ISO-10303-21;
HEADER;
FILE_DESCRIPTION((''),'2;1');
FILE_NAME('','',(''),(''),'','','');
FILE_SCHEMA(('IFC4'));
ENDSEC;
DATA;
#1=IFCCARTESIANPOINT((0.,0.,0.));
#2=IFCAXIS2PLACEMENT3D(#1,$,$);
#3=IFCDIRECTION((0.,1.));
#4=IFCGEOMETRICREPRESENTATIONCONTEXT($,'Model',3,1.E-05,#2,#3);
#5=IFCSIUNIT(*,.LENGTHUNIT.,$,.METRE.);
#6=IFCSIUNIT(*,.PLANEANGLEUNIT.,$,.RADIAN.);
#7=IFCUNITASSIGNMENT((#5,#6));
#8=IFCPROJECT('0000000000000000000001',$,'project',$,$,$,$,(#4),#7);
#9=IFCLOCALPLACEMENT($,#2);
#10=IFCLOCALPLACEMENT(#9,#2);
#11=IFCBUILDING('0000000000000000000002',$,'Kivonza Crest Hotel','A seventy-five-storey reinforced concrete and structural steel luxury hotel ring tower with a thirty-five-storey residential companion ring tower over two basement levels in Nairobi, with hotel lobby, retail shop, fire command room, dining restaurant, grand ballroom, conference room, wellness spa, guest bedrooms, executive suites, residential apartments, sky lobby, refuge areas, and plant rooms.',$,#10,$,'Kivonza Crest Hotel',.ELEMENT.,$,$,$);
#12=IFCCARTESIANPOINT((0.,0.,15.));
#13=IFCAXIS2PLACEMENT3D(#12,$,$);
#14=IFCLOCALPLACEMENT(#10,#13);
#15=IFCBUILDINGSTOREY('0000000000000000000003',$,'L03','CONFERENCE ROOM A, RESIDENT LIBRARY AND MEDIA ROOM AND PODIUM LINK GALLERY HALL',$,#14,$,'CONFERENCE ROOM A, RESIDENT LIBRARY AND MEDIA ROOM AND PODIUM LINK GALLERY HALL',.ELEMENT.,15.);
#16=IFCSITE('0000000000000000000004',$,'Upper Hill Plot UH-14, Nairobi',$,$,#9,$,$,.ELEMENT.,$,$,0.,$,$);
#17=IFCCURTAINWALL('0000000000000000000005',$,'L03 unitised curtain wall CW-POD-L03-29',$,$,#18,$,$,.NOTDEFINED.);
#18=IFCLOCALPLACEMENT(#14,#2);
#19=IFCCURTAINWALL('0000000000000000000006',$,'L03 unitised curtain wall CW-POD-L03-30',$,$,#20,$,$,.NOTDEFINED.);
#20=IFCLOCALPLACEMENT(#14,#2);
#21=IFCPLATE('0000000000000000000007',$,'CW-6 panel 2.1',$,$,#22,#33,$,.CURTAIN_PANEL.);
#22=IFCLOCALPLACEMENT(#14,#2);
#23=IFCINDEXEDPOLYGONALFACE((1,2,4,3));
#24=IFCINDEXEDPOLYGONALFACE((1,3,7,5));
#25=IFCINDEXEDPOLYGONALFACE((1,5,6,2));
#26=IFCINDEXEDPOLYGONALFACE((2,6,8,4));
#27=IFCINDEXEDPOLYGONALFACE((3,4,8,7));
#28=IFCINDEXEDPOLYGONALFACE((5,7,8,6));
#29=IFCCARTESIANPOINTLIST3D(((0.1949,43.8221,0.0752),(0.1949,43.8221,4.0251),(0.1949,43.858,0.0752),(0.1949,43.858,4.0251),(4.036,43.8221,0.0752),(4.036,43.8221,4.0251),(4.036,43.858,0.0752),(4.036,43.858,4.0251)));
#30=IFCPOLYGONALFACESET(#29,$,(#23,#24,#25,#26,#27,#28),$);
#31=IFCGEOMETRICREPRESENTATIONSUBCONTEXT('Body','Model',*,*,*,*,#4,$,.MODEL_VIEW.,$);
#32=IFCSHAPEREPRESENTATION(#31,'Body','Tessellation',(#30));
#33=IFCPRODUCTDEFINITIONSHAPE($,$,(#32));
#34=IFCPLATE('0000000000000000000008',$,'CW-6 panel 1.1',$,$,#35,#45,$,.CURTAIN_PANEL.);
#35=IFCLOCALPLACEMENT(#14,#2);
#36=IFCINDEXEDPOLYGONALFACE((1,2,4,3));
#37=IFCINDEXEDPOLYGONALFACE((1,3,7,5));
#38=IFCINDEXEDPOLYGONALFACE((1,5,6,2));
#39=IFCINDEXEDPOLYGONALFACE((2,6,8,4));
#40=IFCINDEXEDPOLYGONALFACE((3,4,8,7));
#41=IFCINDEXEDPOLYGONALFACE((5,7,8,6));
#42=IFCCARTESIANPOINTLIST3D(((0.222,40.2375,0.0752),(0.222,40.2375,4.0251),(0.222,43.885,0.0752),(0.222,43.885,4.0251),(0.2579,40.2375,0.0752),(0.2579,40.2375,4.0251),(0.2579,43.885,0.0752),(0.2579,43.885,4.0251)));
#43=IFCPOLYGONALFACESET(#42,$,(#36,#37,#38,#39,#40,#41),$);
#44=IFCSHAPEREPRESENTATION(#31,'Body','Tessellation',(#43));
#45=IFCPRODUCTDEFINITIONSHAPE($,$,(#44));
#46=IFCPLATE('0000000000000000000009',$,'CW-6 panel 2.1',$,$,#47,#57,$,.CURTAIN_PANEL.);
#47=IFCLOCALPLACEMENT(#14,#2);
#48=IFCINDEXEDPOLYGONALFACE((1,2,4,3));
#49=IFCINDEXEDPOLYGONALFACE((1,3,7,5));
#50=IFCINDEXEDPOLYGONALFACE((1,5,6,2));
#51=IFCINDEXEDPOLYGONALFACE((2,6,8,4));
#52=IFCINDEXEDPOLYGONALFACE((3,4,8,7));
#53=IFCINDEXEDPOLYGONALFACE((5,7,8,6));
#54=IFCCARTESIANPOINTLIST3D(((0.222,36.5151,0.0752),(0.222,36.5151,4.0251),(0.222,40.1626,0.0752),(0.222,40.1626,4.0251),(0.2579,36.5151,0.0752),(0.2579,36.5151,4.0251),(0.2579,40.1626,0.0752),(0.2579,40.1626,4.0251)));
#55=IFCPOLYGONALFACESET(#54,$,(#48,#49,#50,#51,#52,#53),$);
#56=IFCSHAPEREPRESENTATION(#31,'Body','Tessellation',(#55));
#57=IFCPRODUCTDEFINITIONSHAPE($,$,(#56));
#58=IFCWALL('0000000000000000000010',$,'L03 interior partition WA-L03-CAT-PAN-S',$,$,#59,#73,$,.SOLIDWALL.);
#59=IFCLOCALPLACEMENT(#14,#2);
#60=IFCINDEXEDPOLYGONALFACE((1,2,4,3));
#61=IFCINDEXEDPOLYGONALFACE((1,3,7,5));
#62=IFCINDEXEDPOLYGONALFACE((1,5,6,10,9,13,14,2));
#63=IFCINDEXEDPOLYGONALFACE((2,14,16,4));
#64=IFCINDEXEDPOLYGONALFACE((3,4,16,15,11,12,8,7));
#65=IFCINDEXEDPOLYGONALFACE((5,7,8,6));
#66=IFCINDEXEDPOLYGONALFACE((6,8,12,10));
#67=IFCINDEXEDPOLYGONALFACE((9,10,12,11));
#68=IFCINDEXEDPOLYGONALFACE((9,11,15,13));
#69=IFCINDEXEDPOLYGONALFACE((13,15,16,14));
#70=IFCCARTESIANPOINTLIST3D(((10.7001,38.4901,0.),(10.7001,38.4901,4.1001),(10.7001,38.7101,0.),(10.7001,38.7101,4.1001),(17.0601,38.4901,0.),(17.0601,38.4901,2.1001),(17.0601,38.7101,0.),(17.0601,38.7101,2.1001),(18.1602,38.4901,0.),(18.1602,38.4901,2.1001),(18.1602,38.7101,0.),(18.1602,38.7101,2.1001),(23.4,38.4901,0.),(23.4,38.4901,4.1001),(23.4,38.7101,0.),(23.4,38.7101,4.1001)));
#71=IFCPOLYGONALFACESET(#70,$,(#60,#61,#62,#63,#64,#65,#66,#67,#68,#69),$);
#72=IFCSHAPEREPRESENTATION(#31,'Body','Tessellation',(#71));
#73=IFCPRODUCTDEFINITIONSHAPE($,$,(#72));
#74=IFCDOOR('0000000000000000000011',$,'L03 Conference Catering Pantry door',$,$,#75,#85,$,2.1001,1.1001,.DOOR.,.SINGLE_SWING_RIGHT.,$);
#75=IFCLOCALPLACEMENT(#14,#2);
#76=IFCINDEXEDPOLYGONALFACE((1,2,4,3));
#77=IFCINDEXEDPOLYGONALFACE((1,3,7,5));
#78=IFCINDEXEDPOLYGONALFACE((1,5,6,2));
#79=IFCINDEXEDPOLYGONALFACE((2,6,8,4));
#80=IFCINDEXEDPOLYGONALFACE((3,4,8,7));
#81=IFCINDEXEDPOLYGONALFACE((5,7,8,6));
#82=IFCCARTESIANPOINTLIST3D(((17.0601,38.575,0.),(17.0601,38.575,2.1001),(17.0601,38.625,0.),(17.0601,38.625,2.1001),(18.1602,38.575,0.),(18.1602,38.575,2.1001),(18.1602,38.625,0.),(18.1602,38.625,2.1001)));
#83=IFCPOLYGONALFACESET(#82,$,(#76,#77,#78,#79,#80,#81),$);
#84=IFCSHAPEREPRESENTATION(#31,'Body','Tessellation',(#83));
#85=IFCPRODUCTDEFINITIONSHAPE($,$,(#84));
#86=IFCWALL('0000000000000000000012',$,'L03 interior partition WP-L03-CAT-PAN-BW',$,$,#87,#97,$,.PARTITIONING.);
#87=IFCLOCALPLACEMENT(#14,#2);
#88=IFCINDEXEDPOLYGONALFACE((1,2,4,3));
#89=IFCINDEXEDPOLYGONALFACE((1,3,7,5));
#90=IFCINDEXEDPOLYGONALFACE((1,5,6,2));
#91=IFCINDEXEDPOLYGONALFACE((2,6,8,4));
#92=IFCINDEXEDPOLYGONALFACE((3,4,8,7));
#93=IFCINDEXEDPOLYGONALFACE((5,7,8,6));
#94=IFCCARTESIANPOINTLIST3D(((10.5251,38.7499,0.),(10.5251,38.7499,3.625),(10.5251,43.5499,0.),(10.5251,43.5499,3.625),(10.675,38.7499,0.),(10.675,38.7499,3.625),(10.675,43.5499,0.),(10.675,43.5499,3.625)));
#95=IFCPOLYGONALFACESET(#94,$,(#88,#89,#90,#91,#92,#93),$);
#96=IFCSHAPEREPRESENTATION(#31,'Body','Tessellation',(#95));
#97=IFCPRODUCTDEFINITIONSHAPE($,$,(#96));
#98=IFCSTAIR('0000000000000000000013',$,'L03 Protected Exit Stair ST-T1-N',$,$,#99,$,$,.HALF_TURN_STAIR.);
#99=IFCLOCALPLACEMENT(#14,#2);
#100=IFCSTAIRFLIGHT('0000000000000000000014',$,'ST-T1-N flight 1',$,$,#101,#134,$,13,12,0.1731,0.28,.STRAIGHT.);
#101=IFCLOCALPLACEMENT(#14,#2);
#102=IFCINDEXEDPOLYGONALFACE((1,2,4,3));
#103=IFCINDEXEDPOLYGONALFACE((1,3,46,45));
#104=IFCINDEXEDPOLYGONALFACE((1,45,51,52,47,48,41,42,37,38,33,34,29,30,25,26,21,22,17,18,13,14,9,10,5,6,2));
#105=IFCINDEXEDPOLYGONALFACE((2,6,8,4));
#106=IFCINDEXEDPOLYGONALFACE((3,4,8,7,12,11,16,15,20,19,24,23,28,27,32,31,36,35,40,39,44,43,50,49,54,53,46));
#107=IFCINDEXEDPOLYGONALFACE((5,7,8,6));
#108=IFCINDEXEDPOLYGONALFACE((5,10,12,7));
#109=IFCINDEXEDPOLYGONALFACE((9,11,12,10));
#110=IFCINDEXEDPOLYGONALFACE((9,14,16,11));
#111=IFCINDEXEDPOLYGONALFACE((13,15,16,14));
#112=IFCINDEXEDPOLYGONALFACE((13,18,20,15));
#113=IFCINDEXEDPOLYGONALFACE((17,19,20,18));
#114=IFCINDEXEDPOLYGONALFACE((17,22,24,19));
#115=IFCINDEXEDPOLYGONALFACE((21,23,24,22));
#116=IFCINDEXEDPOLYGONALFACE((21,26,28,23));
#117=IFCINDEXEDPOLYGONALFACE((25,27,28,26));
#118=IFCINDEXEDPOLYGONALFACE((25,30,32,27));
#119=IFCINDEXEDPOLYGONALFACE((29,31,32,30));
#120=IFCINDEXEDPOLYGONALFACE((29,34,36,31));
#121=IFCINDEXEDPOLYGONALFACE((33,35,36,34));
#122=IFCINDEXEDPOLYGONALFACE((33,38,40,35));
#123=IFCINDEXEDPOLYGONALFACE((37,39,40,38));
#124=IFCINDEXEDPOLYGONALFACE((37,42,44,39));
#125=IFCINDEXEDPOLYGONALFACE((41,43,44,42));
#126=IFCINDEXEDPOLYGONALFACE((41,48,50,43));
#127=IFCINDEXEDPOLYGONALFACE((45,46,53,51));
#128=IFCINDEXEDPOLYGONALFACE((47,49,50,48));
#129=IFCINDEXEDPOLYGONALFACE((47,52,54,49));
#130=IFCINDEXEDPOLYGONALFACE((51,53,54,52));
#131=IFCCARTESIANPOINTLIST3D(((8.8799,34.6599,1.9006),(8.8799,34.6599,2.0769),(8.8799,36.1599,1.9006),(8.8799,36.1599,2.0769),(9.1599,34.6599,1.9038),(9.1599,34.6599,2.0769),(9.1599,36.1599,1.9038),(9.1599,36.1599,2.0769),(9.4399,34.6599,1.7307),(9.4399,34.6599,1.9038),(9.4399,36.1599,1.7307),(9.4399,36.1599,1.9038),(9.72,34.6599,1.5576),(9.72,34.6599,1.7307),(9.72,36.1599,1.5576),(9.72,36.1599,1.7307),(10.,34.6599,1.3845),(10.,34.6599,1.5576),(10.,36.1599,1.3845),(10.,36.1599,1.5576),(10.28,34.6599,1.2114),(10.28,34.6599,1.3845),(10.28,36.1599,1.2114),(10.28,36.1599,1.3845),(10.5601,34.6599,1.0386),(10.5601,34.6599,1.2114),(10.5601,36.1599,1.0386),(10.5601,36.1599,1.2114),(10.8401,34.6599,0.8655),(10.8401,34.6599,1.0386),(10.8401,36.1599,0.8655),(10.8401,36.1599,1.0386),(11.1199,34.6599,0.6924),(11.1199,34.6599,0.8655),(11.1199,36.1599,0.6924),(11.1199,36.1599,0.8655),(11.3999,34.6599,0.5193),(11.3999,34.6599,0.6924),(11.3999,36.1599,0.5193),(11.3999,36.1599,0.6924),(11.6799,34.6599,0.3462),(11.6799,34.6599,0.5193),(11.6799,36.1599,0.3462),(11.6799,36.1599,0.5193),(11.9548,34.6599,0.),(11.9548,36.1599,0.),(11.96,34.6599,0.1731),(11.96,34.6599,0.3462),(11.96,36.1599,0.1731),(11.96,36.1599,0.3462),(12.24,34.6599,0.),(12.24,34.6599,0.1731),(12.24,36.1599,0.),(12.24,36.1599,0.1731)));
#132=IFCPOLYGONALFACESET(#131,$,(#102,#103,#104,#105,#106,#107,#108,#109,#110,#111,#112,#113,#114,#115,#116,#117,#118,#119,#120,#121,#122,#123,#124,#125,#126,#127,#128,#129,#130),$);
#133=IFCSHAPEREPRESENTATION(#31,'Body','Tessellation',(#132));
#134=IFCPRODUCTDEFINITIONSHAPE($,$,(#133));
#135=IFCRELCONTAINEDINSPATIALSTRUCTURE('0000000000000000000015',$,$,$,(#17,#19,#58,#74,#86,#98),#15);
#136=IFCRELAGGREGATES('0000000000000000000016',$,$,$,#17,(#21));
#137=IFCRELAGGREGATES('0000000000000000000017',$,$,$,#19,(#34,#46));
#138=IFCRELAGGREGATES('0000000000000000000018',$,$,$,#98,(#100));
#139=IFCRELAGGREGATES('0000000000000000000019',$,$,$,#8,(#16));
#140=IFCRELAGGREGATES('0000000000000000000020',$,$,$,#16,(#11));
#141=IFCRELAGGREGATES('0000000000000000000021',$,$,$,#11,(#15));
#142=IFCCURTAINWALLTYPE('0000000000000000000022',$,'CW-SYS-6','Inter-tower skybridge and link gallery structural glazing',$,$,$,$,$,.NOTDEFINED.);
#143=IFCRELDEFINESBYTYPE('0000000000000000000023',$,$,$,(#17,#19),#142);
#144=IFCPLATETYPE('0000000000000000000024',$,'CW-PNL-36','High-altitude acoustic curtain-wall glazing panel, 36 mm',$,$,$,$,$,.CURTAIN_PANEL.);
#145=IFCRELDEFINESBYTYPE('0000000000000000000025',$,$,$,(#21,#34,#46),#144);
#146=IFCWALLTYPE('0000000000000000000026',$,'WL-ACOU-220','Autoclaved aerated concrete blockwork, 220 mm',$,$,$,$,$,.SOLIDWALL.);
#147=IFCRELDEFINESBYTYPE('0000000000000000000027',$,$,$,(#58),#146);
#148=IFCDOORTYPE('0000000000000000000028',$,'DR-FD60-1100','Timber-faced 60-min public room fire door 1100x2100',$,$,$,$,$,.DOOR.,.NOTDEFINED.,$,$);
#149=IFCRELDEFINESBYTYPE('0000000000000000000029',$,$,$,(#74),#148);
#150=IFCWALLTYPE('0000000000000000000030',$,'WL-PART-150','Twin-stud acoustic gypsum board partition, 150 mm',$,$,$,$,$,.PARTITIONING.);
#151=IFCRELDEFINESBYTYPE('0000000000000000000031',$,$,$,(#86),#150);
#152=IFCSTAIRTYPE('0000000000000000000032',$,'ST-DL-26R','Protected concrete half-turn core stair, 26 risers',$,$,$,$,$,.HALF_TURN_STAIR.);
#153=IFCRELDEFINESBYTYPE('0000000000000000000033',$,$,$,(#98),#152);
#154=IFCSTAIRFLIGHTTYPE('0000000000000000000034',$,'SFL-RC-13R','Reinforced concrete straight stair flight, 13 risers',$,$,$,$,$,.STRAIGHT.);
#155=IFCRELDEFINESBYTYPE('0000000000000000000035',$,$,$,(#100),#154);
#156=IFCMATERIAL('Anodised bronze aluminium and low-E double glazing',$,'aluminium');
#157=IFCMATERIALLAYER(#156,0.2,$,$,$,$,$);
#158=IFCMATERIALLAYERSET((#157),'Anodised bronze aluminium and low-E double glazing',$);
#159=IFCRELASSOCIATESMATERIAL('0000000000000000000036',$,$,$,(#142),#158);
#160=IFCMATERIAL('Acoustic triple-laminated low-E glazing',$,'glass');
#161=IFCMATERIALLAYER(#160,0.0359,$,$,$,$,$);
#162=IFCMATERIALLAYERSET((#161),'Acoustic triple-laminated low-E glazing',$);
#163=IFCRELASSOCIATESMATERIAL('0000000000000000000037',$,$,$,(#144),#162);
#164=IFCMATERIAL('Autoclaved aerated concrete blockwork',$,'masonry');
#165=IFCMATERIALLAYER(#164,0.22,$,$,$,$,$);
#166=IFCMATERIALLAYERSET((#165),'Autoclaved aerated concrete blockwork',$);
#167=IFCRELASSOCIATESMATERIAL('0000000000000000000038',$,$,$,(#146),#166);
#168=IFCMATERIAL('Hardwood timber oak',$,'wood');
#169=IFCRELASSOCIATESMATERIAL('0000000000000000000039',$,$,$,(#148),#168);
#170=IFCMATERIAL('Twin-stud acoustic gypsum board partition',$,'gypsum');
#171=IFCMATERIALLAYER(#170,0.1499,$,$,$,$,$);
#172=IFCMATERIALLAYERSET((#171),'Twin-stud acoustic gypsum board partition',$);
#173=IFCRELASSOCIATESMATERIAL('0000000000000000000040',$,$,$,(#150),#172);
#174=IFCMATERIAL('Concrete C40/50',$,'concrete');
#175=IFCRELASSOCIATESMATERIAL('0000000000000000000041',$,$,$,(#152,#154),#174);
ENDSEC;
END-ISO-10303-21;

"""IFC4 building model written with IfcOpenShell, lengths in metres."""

from ifc_helpers import new_model, si_unit, direction, frame, frame_2d, origin, origin_2d, place, context, subcontext, project, spatial, polyline, rectangle, outline, extrude, material, layer, layer_set, type_object, element, fill, aggregate, save


model = new_model("IFC4")

# Units and contexts
model_context = context("Model", 3, precision=1e-05, world=origin(), true_north=direction((0.0, 1.0)))
body_context = subcontext(model_context, "Body", "Model", "MODEL_VIEW")
ifc_project = project(units=[si_unit("LENGTHUNIT", "METRE"), si_unit("PLANEANGLEUNIT", "RADIAN")], contexts=[model_context])

# Site, building, storey
site_placement = place(None, origin())
site = spatial("IfcSite", under=ifc_project, at=site_placement, Name="Upper Hill Plot UH-14, Nairobi", CompositionType="ELEMENT", RefElevation=0.0)
building_placement = place(site_placement, origin())
building = spatial("IfcBuilding", under=site, at=building_placement, Name="Kivonza Crest Hotel", Description="A seventy-five-storey reinforced concrete and structural steel luxury hotel ring tower with a thirty-five-storey residential companion ring tower over two basement levels in Nairobi, with hotel lobby, retail shop, fire command room, dining restaurant, grand ballroom, conference room, wellness spa, guest bedrooms, executive suites, residential apartments, sky lobby, refuge areas, and plant rooms.", LongName="Kivonza Crest Hotel", CompositionType="ELEMENT")
storey_placement = place(building_placement, frame((0.0, 0.0, 15.0)))
storey = spatial("IfcBuildingStorey", under=building, at=storey_placement, Name="L03", Description="CONFERENCE ROOM A, RESIDENT LIBRARY AND MEDIA ROOM AND PODIUM LINK GALLERY HALL", LongName="CONFERENCE ROOM A, RESIDENT LIBRARY AND MEDIA ROOM AND PODIUM LINK GALLERY HALL", CompositionType="ELEMENT", Elevation=15.0)

# Curtain wall
ifc_material_1 = material(Name="Anodised bronze aluminium and low-E double glazing", Category="aluminium")
ifc_layer_1 = layer(ifc_material_1, 0.2)
ifc_layer_set_1 = layer_set([ifc_layer_1], Name="Anodised bronze aluminium and low-E double glazing")
curtain_wall_type = type_object("IfcCurtainWallType", Name="CW-SYS-6", Description="Inter-tower skybridge and link gallery structural glazing", PredefinedType="NOTDEFINED", material=ifc_layer_set_1)
curtain_wall_1_placement = place(storey_placement, origin())
curtain_wall_1 = element("IfcCurtainWall", 1, at=curtain_wall_1_placement, inside=storey, type_object=curtain_wall_type, Name="L03 unitised curtain wall CW-POD-L03-29", PredefinedType="NOTDEFINED")

# Curtain wall
curtain_wall_2_placement = place(storey_placement, origin())
curtain_wall_2 = element("IfcCurtainWall", 2, at=curtain_wall_2_placement, inside=storey, type_object=curtain_wall_type, Name="L03 unitised curtain wall CW-POD-L03-30", PredefinedType="NOTDEFINED")

# Plates
ifc_material_2 = material(Name="Acoustic triple-laminated low-E glazing", Category="glass")
ifc_layer_2 = layer(ifc_material_2, 0.0359)
ifc_layer_set_2 = layer_set([ifc_layer_2], Name="Acoustic triple-laminated low-E glazing")
plate_type = type_object("IfcPlateType", Name="CW-PNL-36", Description="High-altitude acoustic curtain-wall glazing panel, 36 mm", PredefinedType="CURTAIN_PANEL", material=ifc_layer_set_2)
plate_1_placement = place(storey_placement, frame((2.1155, 43.8401, 0.0752), z_axis=(0.0, 0.0, 1.0), x_axis=(-1.0, 0.0, 0.0)))
plate_1 = element("IfcPlate", 3, at=plate_1_placement, type_object=plate_type, Name="CW-6 panel 2.1", PredefinedType="CURTAIN_PANEL", context=body_context, shape_type="SweptSolid", body=[
    extrude(rectangle(XDim=3.8411, YDim=0.0359, at=origin_2d()), origin(), (0.0, 0.0, 1.0), 3.95),
])
aggregate(curtain_wall_1, [plate_1])
plate_2_placement = place(storey_placement, frame((0.24, 42.0613, 0.0752), z_axis=(0.0, 0.0, 1.0), x_axis=(0.0, -1.0, 0.0)))
plate_2 = element("IfcPlate", 4, at=plate_2_placement, type_object=plate_type, Name="CW-6 panel 1.1", PredefinedType="CURTAIN_PANEL", context=body_context, shape_type="SweptSolid", body=[
    extrude(rectangle(XDim=3.6475, YDim=0.0359, at=origin_2d()), origin(), (0.0, 0.0, 1.0), 3.95),
])
plate_3_placement = place(storey_placement, frame((0.24, 38.3389, 0.0752), z_axis=(0.0, 0.0, 1.0), x_axis=(0.0, -1.0, 0.0)))
plate_3 = element("IfcPlate", 5, at=plate_3_placement, type_object=plate_type, Name="CW-6 panel 2.1", PredefinedType="CURTAIN_PANEL", context=body_context, shape_type="SweptSolid", body=[
    extrude(rectangle(XDim=3.6475, YDim=0.0359, at=origin_2d()), origin(), (0.0, 0.0, 1.0), 3.95),
])
aggregate(curtain_wall_2, [plate_2, plate_3])

# Wall, opening, door
ifc_material_3 = material(Name="Autoclaved aerated concrete blockwork", Category="masonry")
ifc_layer_3 = layer(ifc_material_3, 0.22)
ifc_layer_set_3 = layer_set([ifc_layer_3], Name="Autoclaved aerated concrete blockwork")
wall_type_1 = type_object("IfcWallType", Name="WL-ACOU-220", Description="Autoclaved aerated concrete blockwork, 220 mm", PredefinedType="SOLIDWALL", material=ifc_layer_set_3)
wall_1_placement = place(storey_placement, frame((10.7, 38.6001, 0.0), z_axis=(0.0, 0.0, 1.0), x_axis=(1.0, 0.0, 0.0)))
wall_1 = element("IfcWall", 6, at=wall_1_placement, inside=storey, type_object=wall_type_1, Name="L03 interior partition WA-L03-CAT-PAN-S", PredefinedType="SOLIDWALL", context=body_context, shape_type="SweptSolid", body=[
    extrude(rectangle(XDim=12.7, YDim=0.22, at=frame_2d((6.3501, 0.0))), origin(), (0.0, 0.0, 1.0), 4.1001),
])
opening_1_placement = place(wall_1_placement, frame((6.3601, 0.0, 0.0)))
opening_1 = element("IfcOpeningElement", 7, at=opening_1_placement, cuts=wall_1, PredefinedType="OPENING", context=body_context, shape_type="SweptSolid", body=[
    extrude(rectangle(XDim=1.1001, YDim=2.1001, at=frame_2d((0.55, 1.05))), frame((0.0, 0.1201, 0.0), z_axis=(0.0, -1.0, 0.0), x_axis=(1.0, 0.0, 0.0)), (0.0, 0.0, 1.0), 0.24),
])
ifc_material_4 = material(Name="Hardwood timber oak", Category="wood")
door_type_1 = type_object("IfcDoorType", Name="DR-FD60-1100", Description="Timber-faced 60-min public room fire door 1100x2100", OperationType="NOTDEFINED", PredefinedType="DOOR", material=ifc_material_4)
door_1_placement = place(opening_1_placement, origin())
door_1 = element("IfcDoor", 8, at=door_1_placement, inside=storey, type_object=door_type_1, Name="L03 Conference Catering Pantry door", OperationType="SINGLE_SWING_RIGHT", OverallHeight=2.1001, OverallWidth=1.1001, PredefinedType="DOOR", context=body_context, shape_type="SweptSolid", body=[
    extrude(rectangle(XDim=1.1001, YDim=2.1001, at=frame_2d((0.55, 1.05))), frame((0.0, 0.0249, 0.0), z_axis=(0.0, -1.0, 0.0), x_axis=(1.0, 0.0, 0.0)), (0.0, 0.0, 1.0), 0.05),
])
fill(opening_1, door_1)

# Wall
ifc_material_5 = material(Name="Twin-stud acoustic gypsum board partition", Category="gypsum")
ifc_layer_4 = layer(ifc_material_5, 0.1499)
ifc_layer_set_4 = layer_set([ifc_layer_4], Name="Twin-stud acoustic gypsum board partition")
wall_type_2 = type_object("IfcWallType", Name="WL-PART-150", Description="Twin-stud acoustic gypsum board partition, 150 mm", PredefinedType="PARTITIONING", material=ifc_layer_set_4)
wall_2_placement = place(storey_placement, frame((10.6001, 38.75, 0.0), z_axis=(0.0, 0.0, 1.0), x_axis=(0.0, 1.0, 0.0)))
element("IfcWall", 9, at=wall_2_placement, inside=storey, type_object=wall_type_2, Name="L03 interior partition WP-L03-CAT-PAN-BW", PredefinedType="PARTITIONING", context=body_context, shape_type="SweptSolid", body=[
    extrude(rectangle(XDim=4.8, YDim=0.1499, at=frame_2d((2.3999, 0.0))), origin(), (0.0, 0.0, 1.0), 3.625),
])

# Stair, stair flight
ifc_material_6 = material(Name="Concrete C40/50", Category="concrete")
stair_type = type_object("IfcStairType", Name="ST-DL-26R", Description="Protected concrete half-turn core stair, 26 risers", PredefinedType="HALF_TURN_STAIR", material=ifc_material_6)
stair_placement = place(storey_placement, origin())
stair = element("IfcStair", 10, at=stair_placement, inside=storey, type_object=stair_type, Name="L03 Protected Exit Stair ST-T1-N", PredefinedType="HALF_TURN_STAIR")
stair_flight_type = type_object("IfcStairFlightType", Name="SFL-RC-13R", Description="Reinforced concrete straight stair flight, 13 risers", PredefinedType="STRAIGHT", material=ifc_material_6)
stair_flight_placement = place(storey_placement, frame((12.24, 35.4099, 0.0), z_axis=(0.0, 0.0, 1.0), x_axis=(-1.0, 0.0, 0.0)))
stair_flight = element("IfcStairFlight", 11, at=stair_flight_placement, type_object=stair_flight_type, Name="ST-T1-N flight 1", NumberOfRisers=13, NumberOfTreads=12, PredefinedType="STRAIGHT", RiserHeight=0.1731, TreadLength=0.28, context=body_context, shape_type="SweptSolid", body=[
    extrude(outline(polyline([(0.0, 0.0), (0.0, 0.1731), (0.28, 0.1731), (0.28, 0.3462), (0.5601, 0.3462), (0.5601, 0.5193), (0.8401, 0.5193), (0.8401, 0.6924), (1.1201, 0.6924), (1.1201, 0.8655), (1.3999, 0.8655), (1.3999, 1.0386), (1.6799, 1.0386), (1.6799, 1.2114), (1.96, 1.2114), (1.96, 1.3845), (2.24, 1.3845), (2.24, 1.5576), (2.52, 1.5576), (2.52, 1.7307), (2.8, 1.7307), (2.8, 1.9038), (3.0801, 1.9038), (3.0801, 2.0769), (3.3601, 2.0769), (3.3601, 2.25), (3.3601, 1.9006), (0.2852, 0.0), (0.0, 0.0)])), frame((0.0, 0.75, 0.0), z_axis=(0.0, -1.0, 0.0), x_axis=(1.0, 0.0, 0.0)), (0.0, 0.0, 1.0), 1.5),
])
aggregate(stair, [stair_flight])

save(model, "model.ifc")
